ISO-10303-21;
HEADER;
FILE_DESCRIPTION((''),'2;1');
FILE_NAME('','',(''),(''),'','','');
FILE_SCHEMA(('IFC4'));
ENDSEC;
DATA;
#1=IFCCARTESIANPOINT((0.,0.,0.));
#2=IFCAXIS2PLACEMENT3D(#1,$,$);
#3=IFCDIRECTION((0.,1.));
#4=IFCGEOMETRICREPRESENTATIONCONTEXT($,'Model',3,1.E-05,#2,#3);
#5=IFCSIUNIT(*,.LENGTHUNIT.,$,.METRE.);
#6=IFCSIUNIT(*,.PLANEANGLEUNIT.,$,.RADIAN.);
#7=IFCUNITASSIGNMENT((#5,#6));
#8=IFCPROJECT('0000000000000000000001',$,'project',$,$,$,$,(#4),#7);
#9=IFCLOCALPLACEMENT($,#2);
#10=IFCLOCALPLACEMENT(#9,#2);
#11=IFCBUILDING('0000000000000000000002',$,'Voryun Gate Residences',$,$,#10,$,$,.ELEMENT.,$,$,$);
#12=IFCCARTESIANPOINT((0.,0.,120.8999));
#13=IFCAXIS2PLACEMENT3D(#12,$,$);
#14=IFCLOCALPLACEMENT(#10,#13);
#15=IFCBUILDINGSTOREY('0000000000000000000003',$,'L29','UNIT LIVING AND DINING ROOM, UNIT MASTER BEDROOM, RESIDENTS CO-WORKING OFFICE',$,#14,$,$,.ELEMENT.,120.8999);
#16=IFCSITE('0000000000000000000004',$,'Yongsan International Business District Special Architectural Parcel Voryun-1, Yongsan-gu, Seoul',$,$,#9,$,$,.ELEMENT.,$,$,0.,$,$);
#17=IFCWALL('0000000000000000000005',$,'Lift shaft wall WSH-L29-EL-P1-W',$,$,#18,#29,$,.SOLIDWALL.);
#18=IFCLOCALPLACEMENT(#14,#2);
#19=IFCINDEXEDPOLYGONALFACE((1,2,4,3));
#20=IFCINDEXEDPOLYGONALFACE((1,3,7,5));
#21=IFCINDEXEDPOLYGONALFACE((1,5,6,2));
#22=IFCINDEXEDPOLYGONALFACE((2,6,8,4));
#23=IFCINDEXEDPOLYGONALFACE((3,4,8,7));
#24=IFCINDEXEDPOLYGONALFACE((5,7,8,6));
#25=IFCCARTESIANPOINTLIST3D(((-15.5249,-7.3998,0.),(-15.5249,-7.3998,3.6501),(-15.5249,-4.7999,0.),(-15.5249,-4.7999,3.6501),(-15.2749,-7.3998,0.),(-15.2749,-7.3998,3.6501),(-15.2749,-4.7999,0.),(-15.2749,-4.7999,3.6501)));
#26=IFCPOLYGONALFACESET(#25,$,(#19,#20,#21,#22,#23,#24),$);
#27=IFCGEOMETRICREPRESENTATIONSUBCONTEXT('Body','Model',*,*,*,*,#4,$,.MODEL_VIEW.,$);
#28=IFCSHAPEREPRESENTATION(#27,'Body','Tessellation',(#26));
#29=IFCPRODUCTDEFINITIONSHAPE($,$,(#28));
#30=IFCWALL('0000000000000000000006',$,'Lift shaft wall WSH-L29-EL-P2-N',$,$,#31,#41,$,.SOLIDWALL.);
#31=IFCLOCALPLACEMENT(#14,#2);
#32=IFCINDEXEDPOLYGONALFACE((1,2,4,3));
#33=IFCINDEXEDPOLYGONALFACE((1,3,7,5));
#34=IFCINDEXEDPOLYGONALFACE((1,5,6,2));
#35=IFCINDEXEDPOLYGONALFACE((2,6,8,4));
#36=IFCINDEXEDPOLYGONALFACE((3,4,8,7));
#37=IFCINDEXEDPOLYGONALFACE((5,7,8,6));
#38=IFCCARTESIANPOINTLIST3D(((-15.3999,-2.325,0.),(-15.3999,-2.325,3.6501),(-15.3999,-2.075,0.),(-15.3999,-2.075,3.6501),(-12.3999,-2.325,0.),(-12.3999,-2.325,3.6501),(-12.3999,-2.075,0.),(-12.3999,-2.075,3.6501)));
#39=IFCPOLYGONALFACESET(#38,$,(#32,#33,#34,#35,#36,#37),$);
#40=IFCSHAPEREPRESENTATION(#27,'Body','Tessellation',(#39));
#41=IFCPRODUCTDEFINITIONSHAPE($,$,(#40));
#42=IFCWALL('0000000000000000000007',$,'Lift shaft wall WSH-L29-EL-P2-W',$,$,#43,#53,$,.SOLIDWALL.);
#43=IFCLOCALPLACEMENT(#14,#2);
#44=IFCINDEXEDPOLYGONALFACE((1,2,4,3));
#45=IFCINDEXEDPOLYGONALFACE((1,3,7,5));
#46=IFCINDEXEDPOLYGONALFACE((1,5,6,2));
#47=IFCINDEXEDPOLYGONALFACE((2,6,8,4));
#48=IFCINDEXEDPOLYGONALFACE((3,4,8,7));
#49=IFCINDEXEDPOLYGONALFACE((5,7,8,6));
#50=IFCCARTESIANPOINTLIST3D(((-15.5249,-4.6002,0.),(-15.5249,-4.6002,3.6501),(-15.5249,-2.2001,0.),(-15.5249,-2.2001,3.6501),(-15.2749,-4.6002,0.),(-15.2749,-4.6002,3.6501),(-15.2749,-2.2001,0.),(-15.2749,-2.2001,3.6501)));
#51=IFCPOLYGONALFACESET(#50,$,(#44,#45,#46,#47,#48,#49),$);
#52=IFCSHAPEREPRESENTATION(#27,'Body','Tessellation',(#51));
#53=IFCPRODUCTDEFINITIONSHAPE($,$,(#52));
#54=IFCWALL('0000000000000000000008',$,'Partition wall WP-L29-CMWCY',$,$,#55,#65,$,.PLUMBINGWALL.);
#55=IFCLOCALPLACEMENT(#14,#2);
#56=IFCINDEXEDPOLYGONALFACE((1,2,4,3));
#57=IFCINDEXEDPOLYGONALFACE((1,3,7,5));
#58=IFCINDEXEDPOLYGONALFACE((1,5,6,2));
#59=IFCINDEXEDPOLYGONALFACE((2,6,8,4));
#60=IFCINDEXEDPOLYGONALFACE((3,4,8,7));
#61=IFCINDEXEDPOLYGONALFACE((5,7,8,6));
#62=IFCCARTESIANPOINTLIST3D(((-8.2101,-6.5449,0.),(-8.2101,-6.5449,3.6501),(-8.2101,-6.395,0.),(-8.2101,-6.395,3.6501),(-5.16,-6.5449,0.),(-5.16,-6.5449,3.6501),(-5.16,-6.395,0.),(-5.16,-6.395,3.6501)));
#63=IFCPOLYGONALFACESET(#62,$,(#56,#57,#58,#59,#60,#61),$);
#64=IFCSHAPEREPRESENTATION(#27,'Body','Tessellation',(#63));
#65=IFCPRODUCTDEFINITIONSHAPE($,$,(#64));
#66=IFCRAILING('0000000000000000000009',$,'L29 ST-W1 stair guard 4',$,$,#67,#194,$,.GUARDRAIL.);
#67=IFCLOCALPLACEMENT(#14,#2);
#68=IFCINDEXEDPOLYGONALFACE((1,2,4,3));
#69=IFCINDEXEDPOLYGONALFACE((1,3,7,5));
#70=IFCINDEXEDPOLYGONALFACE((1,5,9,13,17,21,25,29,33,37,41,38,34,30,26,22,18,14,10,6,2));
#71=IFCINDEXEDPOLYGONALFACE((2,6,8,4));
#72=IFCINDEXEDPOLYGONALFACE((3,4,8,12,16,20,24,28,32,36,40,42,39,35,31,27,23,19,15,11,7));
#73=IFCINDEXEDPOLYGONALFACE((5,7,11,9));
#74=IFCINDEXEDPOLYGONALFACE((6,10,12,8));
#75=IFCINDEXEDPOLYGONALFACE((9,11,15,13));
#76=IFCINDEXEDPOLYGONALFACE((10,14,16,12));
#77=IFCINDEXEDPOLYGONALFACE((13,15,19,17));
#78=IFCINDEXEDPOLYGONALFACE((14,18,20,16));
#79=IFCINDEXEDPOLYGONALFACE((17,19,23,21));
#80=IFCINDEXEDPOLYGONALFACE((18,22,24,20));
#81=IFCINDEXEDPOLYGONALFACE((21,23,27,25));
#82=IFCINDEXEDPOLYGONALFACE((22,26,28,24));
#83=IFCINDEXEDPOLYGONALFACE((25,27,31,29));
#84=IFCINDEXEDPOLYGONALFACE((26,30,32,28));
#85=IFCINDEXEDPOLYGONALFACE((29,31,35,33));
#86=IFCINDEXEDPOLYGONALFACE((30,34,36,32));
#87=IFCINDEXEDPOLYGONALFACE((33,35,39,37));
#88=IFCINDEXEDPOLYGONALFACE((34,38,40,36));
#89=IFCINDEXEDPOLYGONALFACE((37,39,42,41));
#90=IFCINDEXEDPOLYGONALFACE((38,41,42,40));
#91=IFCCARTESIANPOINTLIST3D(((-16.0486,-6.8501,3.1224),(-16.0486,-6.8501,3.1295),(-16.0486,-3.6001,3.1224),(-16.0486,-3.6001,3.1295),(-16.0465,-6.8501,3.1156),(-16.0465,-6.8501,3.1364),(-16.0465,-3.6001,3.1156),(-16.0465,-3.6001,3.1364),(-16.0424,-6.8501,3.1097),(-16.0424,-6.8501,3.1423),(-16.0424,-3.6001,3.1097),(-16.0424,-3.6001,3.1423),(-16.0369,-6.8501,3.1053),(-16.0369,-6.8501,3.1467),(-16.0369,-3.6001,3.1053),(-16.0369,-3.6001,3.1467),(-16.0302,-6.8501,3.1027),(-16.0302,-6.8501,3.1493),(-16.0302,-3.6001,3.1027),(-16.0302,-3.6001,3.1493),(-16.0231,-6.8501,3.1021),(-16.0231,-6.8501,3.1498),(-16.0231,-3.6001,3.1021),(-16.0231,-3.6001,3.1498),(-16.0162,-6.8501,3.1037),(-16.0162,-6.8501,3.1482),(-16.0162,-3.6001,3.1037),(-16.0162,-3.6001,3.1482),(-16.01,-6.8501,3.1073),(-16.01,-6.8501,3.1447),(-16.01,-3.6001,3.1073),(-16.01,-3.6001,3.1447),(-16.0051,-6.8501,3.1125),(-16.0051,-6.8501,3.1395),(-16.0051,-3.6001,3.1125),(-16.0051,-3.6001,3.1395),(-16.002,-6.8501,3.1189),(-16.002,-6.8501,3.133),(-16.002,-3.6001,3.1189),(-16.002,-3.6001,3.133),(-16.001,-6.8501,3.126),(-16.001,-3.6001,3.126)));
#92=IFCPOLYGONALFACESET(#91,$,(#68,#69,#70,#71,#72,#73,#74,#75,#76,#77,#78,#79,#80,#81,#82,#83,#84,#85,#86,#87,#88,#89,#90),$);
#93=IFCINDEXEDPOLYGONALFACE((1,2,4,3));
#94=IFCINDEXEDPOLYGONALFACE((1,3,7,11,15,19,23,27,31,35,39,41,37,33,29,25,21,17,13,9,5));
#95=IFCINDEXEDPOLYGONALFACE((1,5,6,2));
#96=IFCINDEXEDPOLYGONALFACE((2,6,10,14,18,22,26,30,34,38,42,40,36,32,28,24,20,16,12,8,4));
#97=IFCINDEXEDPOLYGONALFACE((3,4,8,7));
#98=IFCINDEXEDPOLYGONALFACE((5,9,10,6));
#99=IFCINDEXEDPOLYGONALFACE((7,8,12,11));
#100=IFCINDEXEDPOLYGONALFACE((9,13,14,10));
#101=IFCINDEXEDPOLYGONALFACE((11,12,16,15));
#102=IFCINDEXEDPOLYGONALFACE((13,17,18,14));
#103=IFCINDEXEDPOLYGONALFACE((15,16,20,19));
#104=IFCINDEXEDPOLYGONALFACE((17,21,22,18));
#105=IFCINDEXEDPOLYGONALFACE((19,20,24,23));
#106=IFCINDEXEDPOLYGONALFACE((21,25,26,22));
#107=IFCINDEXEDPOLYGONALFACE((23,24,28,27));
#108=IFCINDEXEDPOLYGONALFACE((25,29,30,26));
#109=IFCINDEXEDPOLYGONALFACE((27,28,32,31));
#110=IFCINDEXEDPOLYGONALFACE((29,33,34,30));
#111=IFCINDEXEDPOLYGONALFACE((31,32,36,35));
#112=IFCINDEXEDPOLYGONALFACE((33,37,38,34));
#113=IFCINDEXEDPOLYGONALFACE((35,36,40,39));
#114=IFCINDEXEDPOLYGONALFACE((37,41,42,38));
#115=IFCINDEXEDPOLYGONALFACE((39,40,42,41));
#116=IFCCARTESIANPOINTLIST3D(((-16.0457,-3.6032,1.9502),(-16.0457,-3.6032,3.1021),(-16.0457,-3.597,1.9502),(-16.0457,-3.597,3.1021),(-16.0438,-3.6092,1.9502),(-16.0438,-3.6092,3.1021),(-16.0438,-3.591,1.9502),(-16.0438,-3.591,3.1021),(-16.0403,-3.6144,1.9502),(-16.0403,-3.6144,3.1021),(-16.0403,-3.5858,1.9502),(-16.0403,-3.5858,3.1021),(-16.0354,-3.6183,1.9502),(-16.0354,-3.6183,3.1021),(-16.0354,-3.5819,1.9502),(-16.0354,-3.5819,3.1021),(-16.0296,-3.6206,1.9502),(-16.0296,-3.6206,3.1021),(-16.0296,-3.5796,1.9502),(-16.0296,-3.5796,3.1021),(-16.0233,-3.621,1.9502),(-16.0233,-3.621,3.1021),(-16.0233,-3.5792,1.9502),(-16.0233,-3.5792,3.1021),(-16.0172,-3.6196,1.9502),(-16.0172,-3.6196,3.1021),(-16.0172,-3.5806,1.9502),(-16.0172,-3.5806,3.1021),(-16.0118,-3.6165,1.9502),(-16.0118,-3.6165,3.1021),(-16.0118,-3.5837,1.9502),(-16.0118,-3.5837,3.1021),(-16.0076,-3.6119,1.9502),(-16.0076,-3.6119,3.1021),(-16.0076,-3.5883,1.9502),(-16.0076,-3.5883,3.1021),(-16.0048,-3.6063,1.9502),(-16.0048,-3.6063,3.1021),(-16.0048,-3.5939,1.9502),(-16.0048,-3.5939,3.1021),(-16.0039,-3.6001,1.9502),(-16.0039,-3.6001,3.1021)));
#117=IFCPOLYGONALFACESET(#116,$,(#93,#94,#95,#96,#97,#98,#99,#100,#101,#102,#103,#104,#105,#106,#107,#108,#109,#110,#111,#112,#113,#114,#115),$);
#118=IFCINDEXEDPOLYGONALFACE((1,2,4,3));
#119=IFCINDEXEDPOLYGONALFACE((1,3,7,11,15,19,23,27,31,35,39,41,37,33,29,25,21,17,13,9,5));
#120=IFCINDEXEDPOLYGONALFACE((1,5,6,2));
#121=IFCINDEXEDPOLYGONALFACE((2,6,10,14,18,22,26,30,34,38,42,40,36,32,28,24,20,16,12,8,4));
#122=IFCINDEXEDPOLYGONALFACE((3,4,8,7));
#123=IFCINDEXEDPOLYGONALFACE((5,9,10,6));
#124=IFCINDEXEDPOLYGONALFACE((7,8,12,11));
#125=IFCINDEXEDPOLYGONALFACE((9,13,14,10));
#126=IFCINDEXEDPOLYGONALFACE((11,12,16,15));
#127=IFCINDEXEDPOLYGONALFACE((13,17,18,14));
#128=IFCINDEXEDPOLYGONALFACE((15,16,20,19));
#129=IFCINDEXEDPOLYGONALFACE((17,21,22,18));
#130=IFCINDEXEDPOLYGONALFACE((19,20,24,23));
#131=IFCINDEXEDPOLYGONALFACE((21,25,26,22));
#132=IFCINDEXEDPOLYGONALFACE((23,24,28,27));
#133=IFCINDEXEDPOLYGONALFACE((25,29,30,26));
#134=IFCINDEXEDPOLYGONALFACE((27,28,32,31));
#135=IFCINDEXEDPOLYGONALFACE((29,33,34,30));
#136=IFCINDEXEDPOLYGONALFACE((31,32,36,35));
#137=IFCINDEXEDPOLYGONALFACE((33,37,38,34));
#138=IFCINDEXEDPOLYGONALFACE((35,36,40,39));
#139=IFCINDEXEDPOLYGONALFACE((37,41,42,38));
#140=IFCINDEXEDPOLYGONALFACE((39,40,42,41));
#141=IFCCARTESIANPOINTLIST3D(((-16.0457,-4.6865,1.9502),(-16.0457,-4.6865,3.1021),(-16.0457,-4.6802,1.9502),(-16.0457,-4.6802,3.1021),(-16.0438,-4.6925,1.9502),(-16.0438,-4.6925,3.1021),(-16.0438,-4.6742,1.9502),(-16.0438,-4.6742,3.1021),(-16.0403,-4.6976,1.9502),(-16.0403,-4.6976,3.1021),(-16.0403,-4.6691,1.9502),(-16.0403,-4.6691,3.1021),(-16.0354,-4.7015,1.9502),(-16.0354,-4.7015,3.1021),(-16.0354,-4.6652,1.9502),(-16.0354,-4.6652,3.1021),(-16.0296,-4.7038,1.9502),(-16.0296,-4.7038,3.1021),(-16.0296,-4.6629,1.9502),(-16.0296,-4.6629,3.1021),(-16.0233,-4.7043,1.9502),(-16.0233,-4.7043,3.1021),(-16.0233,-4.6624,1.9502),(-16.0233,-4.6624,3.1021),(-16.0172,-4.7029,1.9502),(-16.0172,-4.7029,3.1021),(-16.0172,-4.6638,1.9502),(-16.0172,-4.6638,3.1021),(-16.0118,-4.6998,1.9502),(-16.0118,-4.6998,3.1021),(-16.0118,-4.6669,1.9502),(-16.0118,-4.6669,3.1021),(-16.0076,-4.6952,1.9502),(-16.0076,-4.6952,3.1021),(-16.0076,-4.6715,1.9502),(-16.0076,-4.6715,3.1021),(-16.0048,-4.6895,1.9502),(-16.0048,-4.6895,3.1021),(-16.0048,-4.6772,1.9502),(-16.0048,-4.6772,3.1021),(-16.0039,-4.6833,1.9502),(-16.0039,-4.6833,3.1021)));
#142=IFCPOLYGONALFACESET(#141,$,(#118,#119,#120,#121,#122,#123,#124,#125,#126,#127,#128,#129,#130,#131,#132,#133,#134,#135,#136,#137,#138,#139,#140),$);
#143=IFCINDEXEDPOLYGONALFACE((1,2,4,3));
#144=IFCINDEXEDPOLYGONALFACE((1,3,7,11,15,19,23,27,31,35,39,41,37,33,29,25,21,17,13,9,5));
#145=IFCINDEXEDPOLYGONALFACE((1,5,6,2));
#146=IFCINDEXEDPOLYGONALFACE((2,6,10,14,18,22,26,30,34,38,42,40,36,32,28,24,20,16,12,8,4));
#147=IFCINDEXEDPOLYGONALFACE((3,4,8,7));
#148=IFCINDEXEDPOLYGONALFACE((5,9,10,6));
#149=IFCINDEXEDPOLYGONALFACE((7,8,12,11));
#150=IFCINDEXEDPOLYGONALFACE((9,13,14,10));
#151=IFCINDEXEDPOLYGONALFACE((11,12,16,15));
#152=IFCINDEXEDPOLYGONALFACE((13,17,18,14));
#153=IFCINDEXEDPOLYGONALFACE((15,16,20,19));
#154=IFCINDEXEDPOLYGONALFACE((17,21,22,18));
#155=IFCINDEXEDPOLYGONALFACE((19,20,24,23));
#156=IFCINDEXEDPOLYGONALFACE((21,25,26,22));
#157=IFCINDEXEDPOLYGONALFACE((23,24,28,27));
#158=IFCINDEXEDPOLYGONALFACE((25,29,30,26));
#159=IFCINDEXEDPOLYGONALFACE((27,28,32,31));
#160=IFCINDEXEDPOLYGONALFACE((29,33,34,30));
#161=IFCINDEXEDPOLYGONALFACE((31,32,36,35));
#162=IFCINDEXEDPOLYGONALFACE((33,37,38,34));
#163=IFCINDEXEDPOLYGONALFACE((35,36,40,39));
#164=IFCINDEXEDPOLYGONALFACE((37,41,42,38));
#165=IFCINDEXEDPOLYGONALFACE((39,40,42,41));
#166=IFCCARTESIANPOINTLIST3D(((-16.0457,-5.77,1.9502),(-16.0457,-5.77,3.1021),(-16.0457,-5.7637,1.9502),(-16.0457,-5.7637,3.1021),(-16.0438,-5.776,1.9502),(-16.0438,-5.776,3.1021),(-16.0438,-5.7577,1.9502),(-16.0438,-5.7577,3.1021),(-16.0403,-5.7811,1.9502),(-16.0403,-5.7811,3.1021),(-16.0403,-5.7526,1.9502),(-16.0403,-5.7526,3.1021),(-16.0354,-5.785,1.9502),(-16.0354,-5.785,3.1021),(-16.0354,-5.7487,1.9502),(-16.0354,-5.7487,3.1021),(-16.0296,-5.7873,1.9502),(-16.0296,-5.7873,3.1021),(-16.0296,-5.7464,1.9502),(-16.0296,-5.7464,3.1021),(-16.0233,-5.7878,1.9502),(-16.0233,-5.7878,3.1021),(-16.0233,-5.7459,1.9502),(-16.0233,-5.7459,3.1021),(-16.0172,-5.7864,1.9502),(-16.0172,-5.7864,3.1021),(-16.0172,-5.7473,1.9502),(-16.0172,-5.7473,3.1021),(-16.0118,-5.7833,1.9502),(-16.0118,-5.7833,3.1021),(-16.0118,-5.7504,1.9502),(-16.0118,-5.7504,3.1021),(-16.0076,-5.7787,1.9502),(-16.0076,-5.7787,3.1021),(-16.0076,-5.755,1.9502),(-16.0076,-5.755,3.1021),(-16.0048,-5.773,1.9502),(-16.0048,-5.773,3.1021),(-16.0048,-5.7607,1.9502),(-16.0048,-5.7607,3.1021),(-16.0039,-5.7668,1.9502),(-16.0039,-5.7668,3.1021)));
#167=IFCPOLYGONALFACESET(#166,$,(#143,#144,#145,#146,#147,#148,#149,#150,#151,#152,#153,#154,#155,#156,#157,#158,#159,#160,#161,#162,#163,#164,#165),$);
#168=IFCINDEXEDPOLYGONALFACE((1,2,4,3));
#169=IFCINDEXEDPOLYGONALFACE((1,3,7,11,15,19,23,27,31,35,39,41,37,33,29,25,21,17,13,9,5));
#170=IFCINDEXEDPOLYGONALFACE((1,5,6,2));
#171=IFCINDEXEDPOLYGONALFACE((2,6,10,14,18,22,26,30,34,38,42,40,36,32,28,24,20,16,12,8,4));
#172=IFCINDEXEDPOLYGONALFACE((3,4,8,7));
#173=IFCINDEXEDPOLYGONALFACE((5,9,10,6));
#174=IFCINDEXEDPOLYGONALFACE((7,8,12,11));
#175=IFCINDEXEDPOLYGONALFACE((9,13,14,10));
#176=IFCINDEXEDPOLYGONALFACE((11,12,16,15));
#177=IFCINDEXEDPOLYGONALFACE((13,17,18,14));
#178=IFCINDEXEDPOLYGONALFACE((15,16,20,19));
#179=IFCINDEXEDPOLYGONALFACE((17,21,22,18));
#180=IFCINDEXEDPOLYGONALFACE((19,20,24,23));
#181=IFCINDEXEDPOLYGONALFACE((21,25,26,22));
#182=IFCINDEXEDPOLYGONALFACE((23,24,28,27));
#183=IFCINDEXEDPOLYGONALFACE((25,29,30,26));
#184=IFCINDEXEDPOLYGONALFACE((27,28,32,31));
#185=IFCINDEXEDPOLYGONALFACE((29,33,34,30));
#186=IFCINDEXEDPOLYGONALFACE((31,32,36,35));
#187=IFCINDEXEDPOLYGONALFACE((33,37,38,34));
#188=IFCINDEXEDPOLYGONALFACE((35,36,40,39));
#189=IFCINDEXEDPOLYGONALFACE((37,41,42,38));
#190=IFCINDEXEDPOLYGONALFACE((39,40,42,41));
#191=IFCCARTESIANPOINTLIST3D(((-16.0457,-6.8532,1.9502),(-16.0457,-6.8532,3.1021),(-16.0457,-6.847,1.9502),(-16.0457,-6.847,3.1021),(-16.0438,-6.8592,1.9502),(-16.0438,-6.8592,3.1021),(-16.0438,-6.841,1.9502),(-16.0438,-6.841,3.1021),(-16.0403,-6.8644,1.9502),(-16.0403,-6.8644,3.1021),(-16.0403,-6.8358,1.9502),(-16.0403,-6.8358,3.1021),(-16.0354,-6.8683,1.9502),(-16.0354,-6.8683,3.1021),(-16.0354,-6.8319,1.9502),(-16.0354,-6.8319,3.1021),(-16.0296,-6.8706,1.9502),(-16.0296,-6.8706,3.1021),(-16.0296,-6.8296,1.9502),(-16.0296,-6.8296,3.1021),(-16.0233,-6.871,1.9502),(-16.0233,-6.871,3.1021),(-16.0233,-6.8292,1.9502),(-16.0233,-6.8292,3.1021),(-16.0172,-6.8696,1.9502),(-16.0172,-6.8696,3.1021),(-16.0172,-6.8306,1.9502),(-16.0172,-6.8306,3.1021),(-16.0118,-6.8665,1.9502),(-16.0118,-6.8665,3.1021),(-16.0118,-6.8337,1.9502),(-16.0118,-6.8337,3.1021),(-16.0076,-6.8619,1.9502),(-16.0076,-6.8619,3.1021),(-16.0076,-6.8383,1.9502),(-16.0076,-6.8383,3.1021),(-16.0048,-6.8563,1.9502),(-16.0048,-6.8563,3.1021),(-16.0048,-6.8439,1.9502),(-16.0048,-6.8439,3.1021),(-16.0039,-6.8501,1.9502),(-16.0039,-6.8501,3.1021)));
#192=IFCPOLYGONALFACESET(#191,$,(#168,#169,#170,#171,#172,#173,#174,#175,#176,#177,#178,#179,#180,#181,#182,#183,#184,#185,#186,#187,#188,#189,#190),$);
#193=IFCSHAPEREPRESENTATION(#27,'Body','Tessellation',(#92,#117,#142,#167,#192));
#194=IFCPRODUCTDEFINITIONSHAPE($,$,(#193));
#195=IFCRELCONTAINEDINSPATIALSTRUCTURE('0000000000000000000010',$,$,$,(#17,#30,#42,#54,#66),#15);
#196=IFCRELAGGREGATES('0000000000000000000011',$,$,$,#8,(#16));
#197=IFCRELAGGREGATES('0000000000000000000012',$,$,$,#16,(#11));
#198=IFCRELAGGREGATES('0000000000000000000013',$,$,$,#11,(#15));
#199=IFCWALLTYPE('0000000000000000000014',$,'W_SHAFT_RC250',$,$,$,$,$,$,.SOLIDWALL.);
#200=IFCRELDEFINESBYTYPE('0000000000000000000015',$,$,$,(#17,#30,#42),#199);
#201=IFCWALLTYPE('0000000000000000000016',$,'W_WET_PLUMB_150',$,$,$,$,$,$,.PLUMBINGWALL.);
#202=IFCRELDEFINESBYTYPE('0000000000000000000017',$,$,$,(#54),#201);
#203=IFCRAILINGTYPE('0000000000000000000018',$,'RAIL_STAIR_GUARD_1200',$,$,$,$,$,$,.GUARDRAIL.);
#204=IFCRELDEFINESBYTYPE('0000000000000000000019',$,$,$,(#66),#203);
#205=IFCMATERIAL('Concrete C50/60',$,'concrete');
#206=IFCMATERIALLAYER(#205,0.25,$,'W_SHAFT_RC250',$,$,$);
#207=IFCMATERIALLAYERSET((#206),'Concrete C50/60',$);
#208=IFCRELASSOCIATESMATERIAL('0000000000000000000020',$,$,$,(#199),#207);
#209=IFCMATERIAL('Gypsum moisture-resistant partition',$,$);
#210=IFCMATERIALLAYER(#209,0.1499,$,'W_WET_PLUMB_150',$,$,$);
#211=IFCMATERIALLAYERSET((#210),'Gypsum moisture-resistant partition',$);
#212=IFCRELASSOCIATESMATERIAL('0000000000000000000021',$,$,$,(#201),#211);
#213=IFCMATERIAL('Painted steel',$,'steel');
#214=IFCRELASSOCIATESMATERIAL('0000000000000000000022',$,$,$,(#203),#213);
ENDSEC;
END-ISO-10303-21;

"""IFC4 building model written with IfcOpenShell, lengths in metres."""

from ifc_helpers import new_model, si_unit, direction, frame, frame_2d, origin, origin_2d, place, context, subcontext, project, spatial, rectangle, circle, extrude, material, layer, layer_set, type_object, element, save


model = new_model("IFC4")

# Units and contexts
model_context = context("Model", 3, precision=1e-05, world=origin(), true_north=direction((0.0, 1.0)))
body_context = subcontext(model_context, "Body", "Model", "MODEL_VIEW")
ifc_project = project(units=[si_unit("LENGTHUNIT", "METRE"), si_unit("PLANEANGLEUNIT", "RADIAN")], contexts=[model_context])

# Site, building, storey
site_placement = place(None, origin())
site = spatial("IfcSite", under=ifc_project, at=site_placement, Name="Yongsan International Business District Special Architectural Parcel Voryun-1, Yongsan-gu, Seoul", CompositionType="ELEMENT", RefElevation=0.0)
building_placement = place(site_placement, origin())
building = spatial("IfcBuilding", under=site, at=building_placement, Name="Voryun Gate Residences", CompositionType="ELEMENT")
storey_placement = place(building_placement, frame((0.0, 0.0, 120.8999)))
storey = spatial("IfcBuildingStorey", under=building, at=storey_placement, Name="L29", Description="UNIT LIVING AND DINING ROOM, UNIT MASTER BEDROOM, RESIDENTS CO-WORKING OFFICE", CompositionType="ELEMENT", Elevation=120.8999)

# Walls
ifc_material_1 = material(Name="Concrete C50/60", Category="concrete")
ifc_layer_1 = layer(ifc_material_1, 0.25, Name="W_SHAFT_RC250")
ifc_layer_set_1 = layer_set([ifc_layer_1], Name="Concrete C50/60")
wall_type_1 = type_object("IfcWallType", Name="W_SHAFT_RC250", PredefinedType="SOLIDWALL", material=ifc_layer_set_1)
wall_1_placement = place(storey_placement, frame((-15.3999, -4.8, 0.0), z_axis=(0.0, 0.0, 1.0), x_axis=(0.0, -1.0, 0.0)))
element("IfcWall", 1, at=wall_1_placement, inside=storey, type_object=wall_type_1, Name="Lift shaft wall WSH-L29-EL-P1-W", PredefinedType="SOLIDWALL", context=body_context, shape_type="SweptSolid", body=[
    extrude(rectangle(XDim=2.5999, YDim=0.25, at=frame_2d((1.2998, 0.0))), origin(), (0.0, 0.0, 1.0), 3.6501),
])
wall_2_placement = place(storey_placement, frame((-12.3999, -2.2, 0.0), z_axis=(0.0, 0.0, 1.0), x_axis=(-1.0, 0.0, 0.0)))
element("IfcWall", 2, at=wall_2_placement, inside=storey, type_object=wall_type_1, Name="Lift shaft wall WSH-L29-EL-P2-N", PredefinedType="SOLIDWALL", context=body_context, shape_type="SweptSolid", body=[
    extrude(rectangle(XDim=3.0, YDim=0.25, at=frame_2d((1.5, 0.0))), origin(), (0.0, 0.0, 1.0), 3.6501),
])
wall_3_placement = place(storey_placement, frame((-15.3999, -2.2, 0.0), z_axis=(0.0, 0.0, 1.0), x_axis=(0.0, -1.0, 0.0)))
element("IfcWall", 3, at=wall_3_placement, inside=storey, type_object=wall_type_1, Name="Lift shaft wall WSH-L29-EL-P2-W", PredefinedType="SOLIDWALL", context=body_context, shape_type="SweptSolid", body=[
    extrude(rectangle(XDim=2.4001, YDim=0.25, at=frame_2d((1.2002, 0.0))), origin(), (0.0, 0.0, 1.0), 3.6501),
])
ifc_material_2 = material(Name="Gypsum moisture-resistant partition")
ifc_layer_2 = layer(ifc_material_2, 0.1499, Name="W_WET_PLUMB_150")
ifc_layer_set_2 = layer_set([ifc_layer_2], Name="Gypsum moisture-resistant partition")
wall_type_2 = type_object("IfcWallType", Name="W_WET_PLUMB_150", PredefinedType="PLUMBINGWALL", material=ifc_layer_set_2)
wall_4_placement = place(storey_placement, frame((-8.21, -6.47, 0.0), z_axis=(0.0, 0.0, 1.0), x_axis=(1.0, 0.0, 0.0)))
element("IfcWall", 4, at=wall_4_placement, inside=storey, type_object=wall_type_2, Name="Partition wall WP-L29-CMWCY", PredefinedType="PLUMBINGWALL", context=body_context, shape_type="SweptSolid", body=[
    extrude(rectangle(XDim=3.05, YDim=0.1499, at=frame_2d((1.5249, 0.0))), origin(), (0.0, 0.0, 1.0), 3.6501),
])

# Railing
ifc_material_3 = material(Name="Painted steel", Category="steel")
railing_type_1 = type_object("IfcRailingType", Name="RAIL_STAIR_GUARD_1200", PredefinedType="GUARDRAIL", material=ifc_material_3)
railing_1_placement = place(storey_placement, frame((-16.0249, -3.6001, 1.9502)))
element("IfcRailing", 5, at=railing_1_placement, inside=storey, type_object=railing_type_1, Name="L29 ST-W1 stair guard 4", PredefinedType="GUARDRAIL", context=body_context, shape_type="SweptSolid", body=[
    extrude(circle(Radius=0.0239, at=origin_2d()), frame((0.0, 0.0, 1.1758), z_axis=(0.0, -1.0, 0.0), x_axis=(1.0, 0.0, 0.0)), (0.0, 0.0, 1.0), 3.25),
    extrude(circle(Radius=0.021, at=origin_2d()), origin(), (0.0, 0.0, 1.0), 1.1519),
    extrude(circle(Radius=0.021, at=origin_2d()), frame((0.0, -1.0833, 0.0)), (0.0, 0.0, 1.0), 1.1519),
    extrude(circle(Radius=0.021, at=origin_2d()), frame((0.0, -2.1667, 0.0)), (0.0, 0.0, 1.0), 1.1519),
    extrude(circle(Radius=0.021, at=origin_2d()), frame((0.0, -3.25, 0.0)), (0.0, 0.0, 1.0), 1.1519),
])

save(model, "model.ifc")
